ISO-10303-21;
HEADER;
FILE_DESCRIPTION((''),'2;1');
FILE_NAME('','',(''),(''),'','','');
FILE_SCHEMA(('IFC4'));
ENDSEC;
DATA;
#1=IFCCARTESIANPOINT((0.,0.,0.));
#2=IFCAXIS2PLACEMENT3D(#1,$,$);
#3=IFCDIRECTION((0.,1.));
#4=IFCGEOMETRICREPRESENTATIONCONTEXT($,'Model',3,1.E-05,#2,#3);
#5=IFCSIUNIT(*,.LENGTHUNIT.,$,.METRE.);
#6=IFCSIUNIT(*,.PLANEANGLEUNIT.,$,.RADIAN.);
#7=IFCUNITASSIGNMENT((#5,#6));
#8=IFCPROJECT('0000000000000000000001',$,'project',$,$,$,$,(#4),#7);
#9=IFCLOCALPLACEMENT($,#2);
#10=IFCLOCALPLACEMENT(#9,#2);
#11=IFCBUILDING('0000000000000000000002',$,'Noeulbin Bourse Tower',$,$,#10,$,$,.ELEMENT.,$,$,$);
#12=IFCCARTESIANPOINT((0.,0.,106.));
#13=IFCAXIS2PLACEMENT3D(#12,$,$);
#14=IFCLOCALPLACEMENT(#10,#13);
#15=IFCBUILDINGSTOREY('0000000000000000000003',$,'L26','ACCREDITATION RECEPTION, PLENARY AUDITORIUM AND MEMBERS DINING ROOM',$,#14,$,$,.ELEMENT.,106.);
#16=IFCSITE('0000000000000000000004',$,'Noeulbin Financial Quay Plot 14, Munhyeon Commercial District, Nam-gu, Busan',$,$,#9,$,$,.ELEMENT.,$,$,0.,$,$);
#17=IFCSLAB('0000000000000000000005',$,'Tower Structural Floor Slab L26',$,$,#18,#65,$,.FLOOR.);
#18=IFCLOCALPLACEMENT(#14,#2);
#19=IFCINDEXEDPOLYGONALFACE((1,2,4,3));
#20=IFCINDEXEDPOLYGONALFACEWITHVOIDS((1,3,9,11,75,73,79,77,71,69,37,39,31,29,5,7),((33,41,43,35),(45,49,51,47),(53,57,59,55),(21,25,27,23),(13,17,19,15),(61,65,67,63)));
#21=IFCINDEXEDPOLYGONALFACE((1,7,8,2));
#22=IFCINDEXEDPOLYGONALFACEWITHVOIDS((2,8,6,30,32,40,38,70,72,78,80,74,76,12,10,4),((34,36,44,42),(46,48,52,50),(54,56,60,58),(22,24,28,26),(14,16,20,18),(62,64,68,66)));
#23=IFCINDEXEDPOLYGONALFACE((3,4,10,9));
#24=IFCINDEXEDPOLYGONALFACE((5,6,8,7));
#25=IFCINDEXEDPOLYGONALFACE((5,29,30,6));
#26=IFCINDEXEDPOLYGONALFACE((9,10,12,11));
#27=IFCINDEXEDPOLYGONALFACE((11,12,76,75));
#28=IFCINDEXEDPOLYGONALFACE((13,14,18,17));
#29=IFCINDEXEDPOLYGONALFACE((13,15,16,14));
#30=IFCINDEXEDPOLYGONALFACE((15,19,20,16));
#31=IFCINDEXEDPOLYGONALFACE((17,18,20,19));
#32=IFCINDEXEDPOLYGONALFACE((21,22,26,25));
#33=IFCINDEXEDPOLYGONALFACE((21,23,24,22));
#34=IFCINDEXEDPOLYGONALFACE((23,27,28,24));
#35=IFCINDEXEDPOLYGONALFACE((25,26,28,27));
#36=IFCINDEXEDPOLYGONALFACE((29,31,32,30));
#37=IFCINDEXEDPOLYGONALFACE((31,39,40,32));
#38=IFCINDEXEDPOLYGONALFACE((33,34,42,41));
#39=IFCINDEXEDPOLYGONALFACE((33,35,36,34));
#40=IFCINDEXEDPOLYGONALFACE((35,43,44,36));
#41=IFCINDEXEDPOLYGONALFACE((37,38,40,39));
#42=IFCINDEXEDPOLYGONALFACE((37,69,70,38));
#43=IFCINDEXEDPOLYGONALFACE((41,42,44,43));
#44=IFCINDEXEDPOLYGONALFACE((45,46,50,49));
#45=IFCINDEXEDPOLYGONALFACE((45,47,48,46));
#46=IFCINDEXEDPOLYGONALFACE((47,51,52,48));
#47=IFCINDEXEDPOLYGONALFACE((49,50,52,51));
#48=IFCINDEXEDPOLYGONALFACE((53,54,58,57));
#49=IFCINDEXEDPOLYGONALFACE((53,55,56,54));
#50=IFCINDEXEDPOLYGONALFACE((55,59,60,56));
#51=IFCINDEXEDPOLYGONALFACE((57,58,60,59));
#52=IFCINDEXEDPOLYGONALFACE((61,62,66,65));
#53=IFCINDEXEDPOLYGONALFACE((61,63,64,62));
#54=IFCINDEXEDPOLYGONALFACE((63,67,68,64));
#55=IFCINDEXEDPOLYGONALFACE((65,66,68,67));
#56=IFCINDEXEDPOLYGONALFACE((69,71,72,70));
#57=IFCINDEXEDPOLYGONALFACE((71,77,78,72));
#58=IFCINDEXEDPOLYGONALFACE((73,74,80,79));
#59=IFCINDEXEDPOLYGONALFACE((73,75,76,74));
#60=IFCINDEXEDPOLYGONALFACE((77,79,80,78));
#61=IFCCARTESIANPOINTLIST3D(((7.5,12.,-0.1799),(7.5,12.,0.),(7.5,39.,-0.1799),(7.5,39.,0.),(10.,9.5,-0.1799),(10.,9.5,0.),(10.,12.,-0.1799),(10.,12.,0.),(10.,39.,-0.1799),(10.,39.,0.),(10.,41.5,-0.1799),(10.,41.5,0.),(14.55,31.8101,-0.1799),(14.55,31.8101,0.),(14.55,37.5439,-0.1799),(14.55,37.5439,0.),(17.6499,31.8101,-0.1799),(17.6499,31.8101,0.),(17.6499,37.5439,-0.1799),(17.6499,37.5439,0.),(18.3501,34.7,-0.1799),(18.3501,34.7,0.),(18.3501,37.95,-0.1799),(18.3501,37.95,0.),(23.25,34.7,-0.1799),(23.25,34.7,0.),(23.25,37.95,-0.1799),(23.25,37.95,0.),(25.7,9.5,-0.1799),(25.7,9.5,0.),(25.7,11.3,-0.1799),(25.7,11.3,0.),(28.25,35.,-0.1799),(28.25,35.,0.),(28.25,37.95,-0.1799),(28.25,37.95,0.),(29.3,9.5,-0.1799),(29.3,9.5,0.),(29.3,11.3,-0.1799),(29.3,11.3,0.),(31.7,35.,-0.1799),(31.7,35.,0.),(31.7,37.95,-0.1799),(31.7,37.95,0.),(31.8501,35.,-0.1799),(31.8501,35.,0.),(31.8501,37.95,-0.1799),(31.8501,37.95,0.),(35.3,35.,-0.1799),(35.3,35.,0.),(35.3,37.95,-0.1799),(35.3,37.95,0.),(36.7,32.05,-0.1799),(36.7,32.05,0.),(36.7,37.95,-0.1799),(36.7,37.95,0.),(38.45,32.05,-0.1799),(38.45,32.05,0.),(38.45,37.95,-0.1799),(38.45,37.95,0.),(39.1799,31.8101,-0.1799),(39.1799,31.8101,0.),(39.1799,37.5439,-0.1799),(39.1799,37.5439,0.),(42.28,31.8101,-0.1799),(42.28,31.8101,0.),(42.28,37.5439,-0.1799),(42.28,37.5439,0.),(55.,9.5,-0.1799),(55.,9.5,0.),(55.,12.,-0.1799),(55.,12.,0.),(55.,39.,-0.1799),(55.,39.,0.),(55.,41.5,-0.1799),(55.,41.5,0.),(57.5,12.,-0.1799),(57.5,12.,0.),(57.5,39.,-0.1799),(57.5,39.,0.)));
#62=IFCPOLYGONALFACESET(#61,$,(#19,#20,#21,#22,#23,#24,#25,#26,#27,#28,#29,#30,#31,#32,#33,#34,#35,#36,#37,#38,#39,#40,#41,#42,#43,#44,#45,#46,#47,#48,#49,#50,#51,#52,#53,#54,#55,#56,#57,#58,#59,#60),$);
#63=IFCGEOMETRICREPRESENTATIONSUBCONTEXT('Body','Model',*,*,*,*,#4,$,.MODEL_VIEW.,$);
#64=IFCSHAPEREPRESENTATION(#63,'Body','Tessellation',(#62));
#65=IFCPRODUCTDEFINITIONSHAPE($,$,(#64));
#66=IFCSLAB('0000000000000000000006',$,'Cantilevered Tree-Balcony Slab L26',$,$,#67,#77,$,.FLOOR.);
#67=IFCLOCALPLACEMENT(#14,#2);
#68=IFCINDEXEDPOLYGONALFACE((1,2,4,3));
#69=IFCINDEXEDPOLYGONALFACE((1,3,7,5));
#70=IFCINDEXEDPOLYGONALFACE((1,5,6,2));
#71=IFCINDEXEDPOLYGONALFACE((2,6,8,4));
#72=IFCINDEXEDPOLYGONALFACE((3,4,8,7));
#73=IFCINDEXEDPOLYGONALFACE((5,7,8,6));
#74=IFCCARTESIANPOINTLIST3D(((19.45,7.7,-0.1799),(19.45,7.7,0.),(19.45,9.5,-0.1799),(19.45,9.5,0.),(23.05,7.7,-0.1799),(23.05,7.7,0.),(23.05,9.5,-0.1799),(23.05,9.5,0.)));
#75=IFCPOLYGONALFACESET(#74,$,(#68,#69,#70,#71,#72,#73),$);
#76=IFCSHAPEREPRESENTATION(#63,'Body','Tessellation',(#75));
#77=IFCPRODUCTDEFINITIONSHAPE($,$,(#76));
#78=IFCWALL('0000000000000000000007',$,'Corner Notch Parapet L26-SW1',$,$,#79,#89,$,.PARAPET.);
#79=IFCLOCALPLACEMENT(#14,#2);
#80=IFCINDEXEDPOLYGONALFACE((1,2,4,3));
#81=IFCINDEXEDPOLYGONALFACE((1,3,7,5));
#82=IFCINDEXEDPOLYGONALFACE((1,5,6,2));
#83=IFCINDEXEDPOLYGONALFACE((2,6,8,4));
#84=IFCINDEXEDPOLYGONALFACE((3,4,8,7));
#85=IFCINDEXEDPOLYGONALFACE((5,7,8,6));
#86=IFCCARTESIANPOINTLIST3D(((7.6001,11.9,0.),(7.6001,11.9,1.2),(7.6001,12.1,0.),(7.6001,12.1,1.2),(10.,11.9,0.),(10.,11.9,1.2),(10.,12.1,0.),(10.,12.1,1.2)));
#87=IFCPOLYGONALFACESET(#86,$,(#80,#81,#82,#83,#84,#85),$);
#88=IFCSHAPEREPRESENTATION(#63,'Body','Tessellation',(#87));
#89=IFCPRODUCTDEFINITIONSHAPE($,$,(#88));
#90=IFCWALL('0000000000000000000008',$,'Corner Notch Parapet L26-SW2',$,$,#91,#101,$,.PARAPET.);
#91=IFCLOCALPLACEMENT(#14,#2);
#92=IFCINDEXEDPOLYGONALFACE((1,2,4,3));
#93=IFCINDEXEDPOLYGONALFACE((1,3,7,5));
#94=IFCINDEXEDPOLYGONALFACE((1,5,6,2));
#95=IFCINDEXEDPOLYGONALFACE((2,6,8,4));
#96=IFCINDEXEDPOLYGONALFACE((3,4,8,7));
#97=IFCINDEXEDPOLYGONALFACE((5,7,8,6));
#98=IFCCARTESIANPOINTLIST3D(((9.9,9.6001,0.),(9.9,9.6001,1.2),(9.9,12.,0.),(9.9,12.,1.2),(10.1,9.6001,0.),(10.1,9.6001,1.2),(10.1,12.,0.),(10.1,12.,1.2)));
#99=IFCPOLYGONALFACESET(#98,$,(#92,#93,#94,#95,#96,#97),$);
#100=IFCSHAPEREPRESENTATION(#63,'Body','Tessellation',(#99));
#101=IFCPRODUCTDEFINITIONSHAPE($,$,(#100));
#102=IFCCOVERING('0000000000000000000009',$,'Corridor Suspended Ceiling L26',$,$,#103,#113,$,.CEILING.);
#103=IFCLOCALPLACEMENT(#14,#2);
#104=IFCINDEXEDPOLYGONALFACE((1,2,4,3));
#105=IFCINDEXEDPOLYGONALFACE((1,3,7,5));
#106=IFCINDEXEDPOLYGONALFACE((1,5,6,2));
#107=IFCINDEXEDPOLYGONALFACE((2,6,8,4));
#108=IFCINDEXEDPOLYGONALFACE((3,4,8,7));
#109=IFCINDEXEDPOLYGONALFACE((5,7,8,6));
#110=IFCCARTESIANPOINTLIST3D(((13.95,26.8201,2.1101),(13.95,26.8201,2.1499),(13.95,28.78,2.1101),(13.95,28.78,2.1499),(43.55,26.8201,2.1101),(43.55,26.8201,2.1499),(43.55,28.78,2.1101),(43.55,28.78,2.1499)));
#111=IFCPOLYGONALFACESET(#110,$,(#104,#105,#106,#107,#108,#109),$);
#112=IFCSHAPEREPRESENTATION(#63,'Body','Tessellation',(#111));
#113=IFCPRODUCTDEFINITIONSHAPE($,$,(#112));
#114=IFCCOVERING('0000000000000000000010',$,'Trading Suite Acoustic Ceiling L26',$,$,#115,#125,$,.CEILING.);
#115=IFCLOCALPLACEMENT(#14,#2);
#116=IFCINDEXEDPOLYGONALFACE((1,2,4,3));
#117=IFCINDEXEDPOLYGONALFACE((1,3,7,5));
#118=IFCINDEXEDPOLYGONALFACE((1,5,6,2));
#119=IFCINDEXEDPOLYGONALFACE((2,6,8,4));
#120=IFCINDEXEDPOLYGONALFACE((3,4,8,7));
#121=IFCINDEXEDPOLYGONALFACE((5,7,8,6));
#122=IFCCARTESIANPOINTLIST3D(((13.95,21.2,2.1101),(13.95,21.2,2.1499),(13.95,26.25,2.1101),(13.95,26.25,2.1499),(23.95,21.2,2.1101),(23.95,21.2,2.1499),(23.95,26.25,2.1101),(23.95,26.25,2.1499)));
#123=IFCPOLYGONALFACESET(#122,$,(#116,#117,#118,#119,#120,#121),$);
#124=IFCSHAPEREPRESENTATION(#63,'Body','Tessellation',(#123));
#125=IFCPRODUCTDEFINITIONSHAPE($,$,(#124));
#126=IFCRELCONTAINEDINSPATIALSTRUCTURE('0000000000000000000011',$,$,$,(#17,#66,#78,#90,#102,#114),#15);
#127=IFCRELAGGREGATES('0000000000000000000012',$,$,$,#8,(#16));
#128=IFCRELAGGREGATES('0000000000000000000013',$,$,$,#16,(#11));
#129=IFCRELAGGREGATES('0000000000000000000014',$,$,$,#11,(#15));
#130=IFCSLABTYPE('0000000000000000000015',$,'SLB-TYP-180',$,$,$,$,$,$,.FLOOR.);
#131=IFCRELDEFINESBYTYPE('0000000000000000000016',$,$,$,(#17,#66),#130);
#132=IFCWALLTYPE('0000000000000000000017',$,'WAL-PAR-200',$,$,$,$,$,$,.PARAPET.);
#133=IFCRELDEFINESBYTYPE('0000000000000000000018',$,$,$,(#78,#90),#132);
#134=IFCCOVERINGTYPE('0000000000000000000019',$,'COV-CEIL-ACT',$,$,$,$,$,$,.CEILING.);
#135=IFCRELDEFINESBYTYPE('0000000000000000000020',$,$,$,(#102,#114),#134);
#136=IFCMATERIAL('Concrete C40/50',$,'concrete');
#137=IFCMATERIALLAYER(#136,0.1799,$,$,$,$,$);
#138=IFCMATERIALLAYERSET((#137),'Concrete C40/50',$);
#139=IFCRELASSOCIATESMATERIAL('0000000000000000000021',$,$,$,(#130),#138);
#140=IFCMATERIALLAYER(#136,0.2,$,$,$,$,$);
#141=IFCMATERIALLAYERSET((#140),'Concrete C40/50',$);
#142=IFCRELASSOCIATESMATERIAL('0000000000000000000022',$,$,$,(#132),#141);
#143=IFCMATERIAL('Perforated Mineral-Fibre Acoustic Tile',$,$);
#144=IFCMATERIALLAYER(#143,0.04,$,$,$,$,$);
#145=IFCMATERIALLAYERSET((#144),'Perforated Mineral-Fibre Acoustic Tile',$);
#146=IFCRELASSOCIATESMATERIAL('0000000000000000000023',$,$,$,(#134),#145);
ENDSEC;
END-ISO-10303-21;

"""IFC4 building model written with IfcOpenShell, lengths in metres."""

from ifc_helpers import new_model, si_unit, direction, frame, frame_2d, origin, place, context, subcontext, project, spatial, polyline, rectangle, outline, extrude, material, layer, layer_set, type_object, element, save


model = new_model("IFC4")

# Units and contexts
model_context = context("Model", 3, precision=1e-05, world=origin(), true_north=direction((0.0, 1.0)))
body_context = subcontext(model_context, "Body", "Model", "MODEL_VIEW")
ifc_project = project(units=[si_unit("LENGTHUNIT", "METRE"), si_unit("PLANEANGLEUNIT", "RADIAN")], contexts=[model_context])

# Site, building, storey
site_placement = place(None, origin())
site = spatial("IfcSite", under=ifc_project, at=site_placement, Name="Noeulbin Financial Quay Plot 14, Munhyeon Commercial District, Nam-gu, Busan", CompositionType="ELEMENT", RefElevation=0.0)
building_placement = place(site_placement, origin())
building = spatial("IfcBuilding", under=site, at=building_placement, Name="Noeulbin Bourse Tower", CompositionType="ELEMENT")
storey_placement = place(building_placement, frame((0.0, 0.0, 106.0)))
storey = spatial("IfcBuildingStorey", under=building, at=storey_placement, Name="L26", Description="ACCREDITATION RECEPTION, PLENARY AUDITORIUM AND MEMBERS DINING ROOM", CompositionType="ELEMENT", Elevation=106.0)

# Shared definitions
ifc_material_1 = material(Name="Concrete C40/50", Category="concrete")

# Slab, openings
ifc_layer_1 = layer(ifc_material_1, 0.1799)
ifc_layer_set_1 = layer_set([ifc_layer_1], Name="Concrete C40/50")
slab_type_1 = type_object("IfcSlabType", Name="SLB-TYP-180", PredefinedType="FLOOR", material=ifc_layer_set_1)
slab_1_placement = place(storey_placement, frame((0.0, 0.0, -0.1799)))
slab_1 = element("IfcSlab", 1, at=slab_1_placement, inside=storey, type_object=slab_type_1, Name="Tower Structural Floor Slab L26", PredefinedType="FLOOR", context=body_context, shape_type="SweptSolid", body=[
    extrude(outline(polyline([(10.0, 9.5), (25.7, 9.5), (25.7, 11.3), (29.3, 11.3), (29.3, 9.5), (55.0, 9.5), (55.0, 12.0), (57.5, 12.0), (57.5, 39.0), (55.0, 39.0), (55.0, 41.5), (10.0, 41.5), (10.0, 39.0), (7.5, 39.0), (7.5, 12.0), (10.0, 12.0), (10.0, 9.5)]), holes=[polyline([(17.6499, 31.8101), (17.6499, 37.5439), (14.55, 37.5439), (14.55, 31.8101), (17.6499, 31.8101)]), polyline([(42.28, 31.8101), (42.28, 37.5439), (39.1799, 37.5439), (39.1799, 31.8101), (42.28, 31.8101)]), polyline([(18.3501, 34.7), (23.25, 34.7), (23.25, 37.95), (18.3501, 37.95), (18.3501, 34.7)]), polyline([(36.7, 32.05), (38.45, 32.05), (38.45, 37.95), (36.7, 37.95), (36.7, 32.05)]), polyline([(28.25, 35.0), (31.7, 35.0), (31.7, 37.95), (28.25, 37.95), (28.25, 35.0)]), polyline([(31.8501, 35.0), (35.3, 35.0), (35.3, 37.95), (31.8501, 37.95), (31.8501, 35.0)])]), origin(), (0.0, 0.0, 1.0), 0.1799),
])
opening_1_placement = place(slab_1_placement, frame((0.0, 0.0, -0.01)))
element("IfcOpeningElement", 2, at=opening_1_placement, cuts=slab_1, PredefinedType="OPENING", context=body_context, shape_type="SweptSolid", body=[
    extrude(outline(polyline([(17.6499, 31.8101), (17.6499, 37.5439), (14.55, 37.5439), (14.55, 31.8101), (17.6499, 31.8101)])), origin(), (0.0, 0.0, 1.0), 0.2),
])
opening_2_placement = place(slab_1_placement, frame((0.0, 0.0, -0.01)))
element("IfcOpeningElement", 3, at=opening_2_placement, cuts=slab_1, PredefinedType="OPENING", context=body_context, shape_type="SweptSolid", body=[
    extrude(outline(polyline([(42.28, 31.8101), (42.28, 37.5439), (39.1799, 37.5439), (39.1799, 31.8101), (42.28, 31.8101)])), origin(), (0.0, 0.0, 1.0), 0.2),
])
opening_3_placement = place(slab_1_placement, frame((0.0, 0.0, -0.01)))
element("IfcOpeningElement", 4, at=opening_3_placement, cuts=slab_1, PredefinedType="OPENING", context=body_context, shape_type="SweptSolid", body=[
    extrude(outline(polyline([(18.3501, 34.7), (23.25, 34.7), (23.25, 37.95), (18.3501, 37.95), (18.3501, 34.7)])), origin(), (0.0, 0.0, 1.0), 0.2),
])
opening_4_placement = place(slab_1_placement, frame((0.0, 0.0, -0.01)))
element("IfcOpeningElement", 5, at=opening_4_placement, cuts=slab_1, PredefinedType="OPENING", context=body_context, shape_type="SweptSolid", body=[
    extrude(outline(polyline([(36.7, 32.05), (38.45, 32.05), (38.45, 37.95), (36.7, 37.95), (36.7, 32.05)])), origin(), (0.0, 0.0, 1.0), 0.2),
])
opening_5_placement = place(slab_1_placement, frame((0.0, 0.0, -0.01)))
element("IfcOpeningElement", 6, at=opening_5_placement, cuts=slab_1, PredefinedType="OPENING", context=body_context, shape_type="SweptSolid", body=[
    extrude(outline(polyline([(28.25, 35.0), (31.7, 35.0), (31.7, 37.95), (28.25, 37.95), (28.25, 35.0)])), origin(), (0.0, 0.0, 1.0), 0.2),
])
opening_6_placement = place(slab_1_placement, frame((0.0, 0.0, -0.01)))
element("IfcOpeningElement", 7, at=opening_6_placement, cuts=slab_1, PredefinedType="OPENING", context=body_context, shape_type="SweptSolid", body=[
    extrude(outline(polyline([(31.8501, 35.0), (35.3, 35.0), (35.3, 37.95), (31.8501, 37.95), (31.8501, 35.0)])), origin(), (0.0, 0.0, 1.0), 0.2),
])

# Slab
slab_2_placement = place(storey_placement, frame((0.0, 0.0, -0.1799)))
element("IfcSlab", 8, at=slab_2_placement, inside=storey, type_object=slab_type_1, Name="Cantilevered Tree-Balcony Slab L26", PredefinedType="FLOOR", context=body_context, shape_type="SweptSolid", body=[
    extrude(outline(polyline([(19.45, 7.7), (23.05, 7.7), (23.05, 9.5), (19.45, 9.5), (19.45, 7.7)])), origin(), (0.0, 0.0, 1.0), 0.1799),
])

# Walls
ifc_layer_2 = layer(ifc_material_1, 0.2)
ifc_layer_set_2 = layer_set([ifc_layer_2], Name="Concrete C40/50")
wall_type = type_object("IfcWallType", Name="WAL-PAR-200", PredefinedType="PARAPET", material=ifc_layer_set_2)
for number, where, z_axis, x_axis, name in (
    (9, (7.6001, 12.0, 0.0), (0.0, 0.0, 1.0), (1.0, 0.0, 0.0), "Corner Notch Parapet L26-SW1"),
    (10, (10.0, 12.0, 0.0), (0.0, 0.0, 1.0), (0.0, -1.0, 0.0), "Corner Notch Parapet L26-SW2"),
):
    element("IfcWall", number, at=place(storey_placement, frame(where, z_axis=z_axis, x_axis=x_axis)), inside=storey, type_object=wall_type, Name=name, PredefinedType="PARAPET", context=body_context, shape_type="SweptSolid", body=[
        extrude(rectangle(XDim=2.3999, YDim=0.2, at=frame_2d((1.2, 0.0))), origin(), (0.0, 0.0, 1.0), 1.2),
    ])

# Coverings
ifc_material_2 = material(Name="Perforated Mineral-Fibre Acoustic Tile")
ifc_layer_3 = layer(ifc_material_2, 0.04)
ifc_layer_set_3 = layer_set([ifc_layer_3], Name="Perforated Mineral-Fibre Acoustic Tile")
covering_type = type_object("IfcCoveringType", Name="COV-CEIL-ACT", PredefinedType="CEILING", material=ifc_layer_set_3)
covering_1_placement = place(storey_placement, frame((0.0, 0.0, 2.1101)))
element("IfcCovering", 11, at=covering_1_placement, inside=storey, type_object=covering_type, Name="Corridor Suspended Ceiling L26", PredefinedType="CEILING", context=body_context, shape_type="SweptSolid", body=[
    extrude(outline(polyline([(13.95, 26.8201), (43.55, 26.8201), (43.55, 28.78), (13.95, 28.78), (13.95, 26.8201)])), origin(), (0.0, 0.0, 1.0), 0.0398),
])
covering_2_placement = place(storey_placement, frame((0.0, 0.0, 2.1101)))
element("IfcCovering", 12, at=covering_2_placement, inside=storey, type_object=covering_type, Name="Trading Suite Acoustic Ceiling L26", PredefinedType="CEILING", context=body_context, shape_type="SweptSolid", body=[
    extrude(outline(polyline([(13.95, 21.2), (23.95, 21.2), (23.95, 26.25), (13.95, 26.25), (13.95, 21.2)])), origin(), (0.0, 0.0, 1.0), 0.0398),
])

save(model, "model.ifc")
